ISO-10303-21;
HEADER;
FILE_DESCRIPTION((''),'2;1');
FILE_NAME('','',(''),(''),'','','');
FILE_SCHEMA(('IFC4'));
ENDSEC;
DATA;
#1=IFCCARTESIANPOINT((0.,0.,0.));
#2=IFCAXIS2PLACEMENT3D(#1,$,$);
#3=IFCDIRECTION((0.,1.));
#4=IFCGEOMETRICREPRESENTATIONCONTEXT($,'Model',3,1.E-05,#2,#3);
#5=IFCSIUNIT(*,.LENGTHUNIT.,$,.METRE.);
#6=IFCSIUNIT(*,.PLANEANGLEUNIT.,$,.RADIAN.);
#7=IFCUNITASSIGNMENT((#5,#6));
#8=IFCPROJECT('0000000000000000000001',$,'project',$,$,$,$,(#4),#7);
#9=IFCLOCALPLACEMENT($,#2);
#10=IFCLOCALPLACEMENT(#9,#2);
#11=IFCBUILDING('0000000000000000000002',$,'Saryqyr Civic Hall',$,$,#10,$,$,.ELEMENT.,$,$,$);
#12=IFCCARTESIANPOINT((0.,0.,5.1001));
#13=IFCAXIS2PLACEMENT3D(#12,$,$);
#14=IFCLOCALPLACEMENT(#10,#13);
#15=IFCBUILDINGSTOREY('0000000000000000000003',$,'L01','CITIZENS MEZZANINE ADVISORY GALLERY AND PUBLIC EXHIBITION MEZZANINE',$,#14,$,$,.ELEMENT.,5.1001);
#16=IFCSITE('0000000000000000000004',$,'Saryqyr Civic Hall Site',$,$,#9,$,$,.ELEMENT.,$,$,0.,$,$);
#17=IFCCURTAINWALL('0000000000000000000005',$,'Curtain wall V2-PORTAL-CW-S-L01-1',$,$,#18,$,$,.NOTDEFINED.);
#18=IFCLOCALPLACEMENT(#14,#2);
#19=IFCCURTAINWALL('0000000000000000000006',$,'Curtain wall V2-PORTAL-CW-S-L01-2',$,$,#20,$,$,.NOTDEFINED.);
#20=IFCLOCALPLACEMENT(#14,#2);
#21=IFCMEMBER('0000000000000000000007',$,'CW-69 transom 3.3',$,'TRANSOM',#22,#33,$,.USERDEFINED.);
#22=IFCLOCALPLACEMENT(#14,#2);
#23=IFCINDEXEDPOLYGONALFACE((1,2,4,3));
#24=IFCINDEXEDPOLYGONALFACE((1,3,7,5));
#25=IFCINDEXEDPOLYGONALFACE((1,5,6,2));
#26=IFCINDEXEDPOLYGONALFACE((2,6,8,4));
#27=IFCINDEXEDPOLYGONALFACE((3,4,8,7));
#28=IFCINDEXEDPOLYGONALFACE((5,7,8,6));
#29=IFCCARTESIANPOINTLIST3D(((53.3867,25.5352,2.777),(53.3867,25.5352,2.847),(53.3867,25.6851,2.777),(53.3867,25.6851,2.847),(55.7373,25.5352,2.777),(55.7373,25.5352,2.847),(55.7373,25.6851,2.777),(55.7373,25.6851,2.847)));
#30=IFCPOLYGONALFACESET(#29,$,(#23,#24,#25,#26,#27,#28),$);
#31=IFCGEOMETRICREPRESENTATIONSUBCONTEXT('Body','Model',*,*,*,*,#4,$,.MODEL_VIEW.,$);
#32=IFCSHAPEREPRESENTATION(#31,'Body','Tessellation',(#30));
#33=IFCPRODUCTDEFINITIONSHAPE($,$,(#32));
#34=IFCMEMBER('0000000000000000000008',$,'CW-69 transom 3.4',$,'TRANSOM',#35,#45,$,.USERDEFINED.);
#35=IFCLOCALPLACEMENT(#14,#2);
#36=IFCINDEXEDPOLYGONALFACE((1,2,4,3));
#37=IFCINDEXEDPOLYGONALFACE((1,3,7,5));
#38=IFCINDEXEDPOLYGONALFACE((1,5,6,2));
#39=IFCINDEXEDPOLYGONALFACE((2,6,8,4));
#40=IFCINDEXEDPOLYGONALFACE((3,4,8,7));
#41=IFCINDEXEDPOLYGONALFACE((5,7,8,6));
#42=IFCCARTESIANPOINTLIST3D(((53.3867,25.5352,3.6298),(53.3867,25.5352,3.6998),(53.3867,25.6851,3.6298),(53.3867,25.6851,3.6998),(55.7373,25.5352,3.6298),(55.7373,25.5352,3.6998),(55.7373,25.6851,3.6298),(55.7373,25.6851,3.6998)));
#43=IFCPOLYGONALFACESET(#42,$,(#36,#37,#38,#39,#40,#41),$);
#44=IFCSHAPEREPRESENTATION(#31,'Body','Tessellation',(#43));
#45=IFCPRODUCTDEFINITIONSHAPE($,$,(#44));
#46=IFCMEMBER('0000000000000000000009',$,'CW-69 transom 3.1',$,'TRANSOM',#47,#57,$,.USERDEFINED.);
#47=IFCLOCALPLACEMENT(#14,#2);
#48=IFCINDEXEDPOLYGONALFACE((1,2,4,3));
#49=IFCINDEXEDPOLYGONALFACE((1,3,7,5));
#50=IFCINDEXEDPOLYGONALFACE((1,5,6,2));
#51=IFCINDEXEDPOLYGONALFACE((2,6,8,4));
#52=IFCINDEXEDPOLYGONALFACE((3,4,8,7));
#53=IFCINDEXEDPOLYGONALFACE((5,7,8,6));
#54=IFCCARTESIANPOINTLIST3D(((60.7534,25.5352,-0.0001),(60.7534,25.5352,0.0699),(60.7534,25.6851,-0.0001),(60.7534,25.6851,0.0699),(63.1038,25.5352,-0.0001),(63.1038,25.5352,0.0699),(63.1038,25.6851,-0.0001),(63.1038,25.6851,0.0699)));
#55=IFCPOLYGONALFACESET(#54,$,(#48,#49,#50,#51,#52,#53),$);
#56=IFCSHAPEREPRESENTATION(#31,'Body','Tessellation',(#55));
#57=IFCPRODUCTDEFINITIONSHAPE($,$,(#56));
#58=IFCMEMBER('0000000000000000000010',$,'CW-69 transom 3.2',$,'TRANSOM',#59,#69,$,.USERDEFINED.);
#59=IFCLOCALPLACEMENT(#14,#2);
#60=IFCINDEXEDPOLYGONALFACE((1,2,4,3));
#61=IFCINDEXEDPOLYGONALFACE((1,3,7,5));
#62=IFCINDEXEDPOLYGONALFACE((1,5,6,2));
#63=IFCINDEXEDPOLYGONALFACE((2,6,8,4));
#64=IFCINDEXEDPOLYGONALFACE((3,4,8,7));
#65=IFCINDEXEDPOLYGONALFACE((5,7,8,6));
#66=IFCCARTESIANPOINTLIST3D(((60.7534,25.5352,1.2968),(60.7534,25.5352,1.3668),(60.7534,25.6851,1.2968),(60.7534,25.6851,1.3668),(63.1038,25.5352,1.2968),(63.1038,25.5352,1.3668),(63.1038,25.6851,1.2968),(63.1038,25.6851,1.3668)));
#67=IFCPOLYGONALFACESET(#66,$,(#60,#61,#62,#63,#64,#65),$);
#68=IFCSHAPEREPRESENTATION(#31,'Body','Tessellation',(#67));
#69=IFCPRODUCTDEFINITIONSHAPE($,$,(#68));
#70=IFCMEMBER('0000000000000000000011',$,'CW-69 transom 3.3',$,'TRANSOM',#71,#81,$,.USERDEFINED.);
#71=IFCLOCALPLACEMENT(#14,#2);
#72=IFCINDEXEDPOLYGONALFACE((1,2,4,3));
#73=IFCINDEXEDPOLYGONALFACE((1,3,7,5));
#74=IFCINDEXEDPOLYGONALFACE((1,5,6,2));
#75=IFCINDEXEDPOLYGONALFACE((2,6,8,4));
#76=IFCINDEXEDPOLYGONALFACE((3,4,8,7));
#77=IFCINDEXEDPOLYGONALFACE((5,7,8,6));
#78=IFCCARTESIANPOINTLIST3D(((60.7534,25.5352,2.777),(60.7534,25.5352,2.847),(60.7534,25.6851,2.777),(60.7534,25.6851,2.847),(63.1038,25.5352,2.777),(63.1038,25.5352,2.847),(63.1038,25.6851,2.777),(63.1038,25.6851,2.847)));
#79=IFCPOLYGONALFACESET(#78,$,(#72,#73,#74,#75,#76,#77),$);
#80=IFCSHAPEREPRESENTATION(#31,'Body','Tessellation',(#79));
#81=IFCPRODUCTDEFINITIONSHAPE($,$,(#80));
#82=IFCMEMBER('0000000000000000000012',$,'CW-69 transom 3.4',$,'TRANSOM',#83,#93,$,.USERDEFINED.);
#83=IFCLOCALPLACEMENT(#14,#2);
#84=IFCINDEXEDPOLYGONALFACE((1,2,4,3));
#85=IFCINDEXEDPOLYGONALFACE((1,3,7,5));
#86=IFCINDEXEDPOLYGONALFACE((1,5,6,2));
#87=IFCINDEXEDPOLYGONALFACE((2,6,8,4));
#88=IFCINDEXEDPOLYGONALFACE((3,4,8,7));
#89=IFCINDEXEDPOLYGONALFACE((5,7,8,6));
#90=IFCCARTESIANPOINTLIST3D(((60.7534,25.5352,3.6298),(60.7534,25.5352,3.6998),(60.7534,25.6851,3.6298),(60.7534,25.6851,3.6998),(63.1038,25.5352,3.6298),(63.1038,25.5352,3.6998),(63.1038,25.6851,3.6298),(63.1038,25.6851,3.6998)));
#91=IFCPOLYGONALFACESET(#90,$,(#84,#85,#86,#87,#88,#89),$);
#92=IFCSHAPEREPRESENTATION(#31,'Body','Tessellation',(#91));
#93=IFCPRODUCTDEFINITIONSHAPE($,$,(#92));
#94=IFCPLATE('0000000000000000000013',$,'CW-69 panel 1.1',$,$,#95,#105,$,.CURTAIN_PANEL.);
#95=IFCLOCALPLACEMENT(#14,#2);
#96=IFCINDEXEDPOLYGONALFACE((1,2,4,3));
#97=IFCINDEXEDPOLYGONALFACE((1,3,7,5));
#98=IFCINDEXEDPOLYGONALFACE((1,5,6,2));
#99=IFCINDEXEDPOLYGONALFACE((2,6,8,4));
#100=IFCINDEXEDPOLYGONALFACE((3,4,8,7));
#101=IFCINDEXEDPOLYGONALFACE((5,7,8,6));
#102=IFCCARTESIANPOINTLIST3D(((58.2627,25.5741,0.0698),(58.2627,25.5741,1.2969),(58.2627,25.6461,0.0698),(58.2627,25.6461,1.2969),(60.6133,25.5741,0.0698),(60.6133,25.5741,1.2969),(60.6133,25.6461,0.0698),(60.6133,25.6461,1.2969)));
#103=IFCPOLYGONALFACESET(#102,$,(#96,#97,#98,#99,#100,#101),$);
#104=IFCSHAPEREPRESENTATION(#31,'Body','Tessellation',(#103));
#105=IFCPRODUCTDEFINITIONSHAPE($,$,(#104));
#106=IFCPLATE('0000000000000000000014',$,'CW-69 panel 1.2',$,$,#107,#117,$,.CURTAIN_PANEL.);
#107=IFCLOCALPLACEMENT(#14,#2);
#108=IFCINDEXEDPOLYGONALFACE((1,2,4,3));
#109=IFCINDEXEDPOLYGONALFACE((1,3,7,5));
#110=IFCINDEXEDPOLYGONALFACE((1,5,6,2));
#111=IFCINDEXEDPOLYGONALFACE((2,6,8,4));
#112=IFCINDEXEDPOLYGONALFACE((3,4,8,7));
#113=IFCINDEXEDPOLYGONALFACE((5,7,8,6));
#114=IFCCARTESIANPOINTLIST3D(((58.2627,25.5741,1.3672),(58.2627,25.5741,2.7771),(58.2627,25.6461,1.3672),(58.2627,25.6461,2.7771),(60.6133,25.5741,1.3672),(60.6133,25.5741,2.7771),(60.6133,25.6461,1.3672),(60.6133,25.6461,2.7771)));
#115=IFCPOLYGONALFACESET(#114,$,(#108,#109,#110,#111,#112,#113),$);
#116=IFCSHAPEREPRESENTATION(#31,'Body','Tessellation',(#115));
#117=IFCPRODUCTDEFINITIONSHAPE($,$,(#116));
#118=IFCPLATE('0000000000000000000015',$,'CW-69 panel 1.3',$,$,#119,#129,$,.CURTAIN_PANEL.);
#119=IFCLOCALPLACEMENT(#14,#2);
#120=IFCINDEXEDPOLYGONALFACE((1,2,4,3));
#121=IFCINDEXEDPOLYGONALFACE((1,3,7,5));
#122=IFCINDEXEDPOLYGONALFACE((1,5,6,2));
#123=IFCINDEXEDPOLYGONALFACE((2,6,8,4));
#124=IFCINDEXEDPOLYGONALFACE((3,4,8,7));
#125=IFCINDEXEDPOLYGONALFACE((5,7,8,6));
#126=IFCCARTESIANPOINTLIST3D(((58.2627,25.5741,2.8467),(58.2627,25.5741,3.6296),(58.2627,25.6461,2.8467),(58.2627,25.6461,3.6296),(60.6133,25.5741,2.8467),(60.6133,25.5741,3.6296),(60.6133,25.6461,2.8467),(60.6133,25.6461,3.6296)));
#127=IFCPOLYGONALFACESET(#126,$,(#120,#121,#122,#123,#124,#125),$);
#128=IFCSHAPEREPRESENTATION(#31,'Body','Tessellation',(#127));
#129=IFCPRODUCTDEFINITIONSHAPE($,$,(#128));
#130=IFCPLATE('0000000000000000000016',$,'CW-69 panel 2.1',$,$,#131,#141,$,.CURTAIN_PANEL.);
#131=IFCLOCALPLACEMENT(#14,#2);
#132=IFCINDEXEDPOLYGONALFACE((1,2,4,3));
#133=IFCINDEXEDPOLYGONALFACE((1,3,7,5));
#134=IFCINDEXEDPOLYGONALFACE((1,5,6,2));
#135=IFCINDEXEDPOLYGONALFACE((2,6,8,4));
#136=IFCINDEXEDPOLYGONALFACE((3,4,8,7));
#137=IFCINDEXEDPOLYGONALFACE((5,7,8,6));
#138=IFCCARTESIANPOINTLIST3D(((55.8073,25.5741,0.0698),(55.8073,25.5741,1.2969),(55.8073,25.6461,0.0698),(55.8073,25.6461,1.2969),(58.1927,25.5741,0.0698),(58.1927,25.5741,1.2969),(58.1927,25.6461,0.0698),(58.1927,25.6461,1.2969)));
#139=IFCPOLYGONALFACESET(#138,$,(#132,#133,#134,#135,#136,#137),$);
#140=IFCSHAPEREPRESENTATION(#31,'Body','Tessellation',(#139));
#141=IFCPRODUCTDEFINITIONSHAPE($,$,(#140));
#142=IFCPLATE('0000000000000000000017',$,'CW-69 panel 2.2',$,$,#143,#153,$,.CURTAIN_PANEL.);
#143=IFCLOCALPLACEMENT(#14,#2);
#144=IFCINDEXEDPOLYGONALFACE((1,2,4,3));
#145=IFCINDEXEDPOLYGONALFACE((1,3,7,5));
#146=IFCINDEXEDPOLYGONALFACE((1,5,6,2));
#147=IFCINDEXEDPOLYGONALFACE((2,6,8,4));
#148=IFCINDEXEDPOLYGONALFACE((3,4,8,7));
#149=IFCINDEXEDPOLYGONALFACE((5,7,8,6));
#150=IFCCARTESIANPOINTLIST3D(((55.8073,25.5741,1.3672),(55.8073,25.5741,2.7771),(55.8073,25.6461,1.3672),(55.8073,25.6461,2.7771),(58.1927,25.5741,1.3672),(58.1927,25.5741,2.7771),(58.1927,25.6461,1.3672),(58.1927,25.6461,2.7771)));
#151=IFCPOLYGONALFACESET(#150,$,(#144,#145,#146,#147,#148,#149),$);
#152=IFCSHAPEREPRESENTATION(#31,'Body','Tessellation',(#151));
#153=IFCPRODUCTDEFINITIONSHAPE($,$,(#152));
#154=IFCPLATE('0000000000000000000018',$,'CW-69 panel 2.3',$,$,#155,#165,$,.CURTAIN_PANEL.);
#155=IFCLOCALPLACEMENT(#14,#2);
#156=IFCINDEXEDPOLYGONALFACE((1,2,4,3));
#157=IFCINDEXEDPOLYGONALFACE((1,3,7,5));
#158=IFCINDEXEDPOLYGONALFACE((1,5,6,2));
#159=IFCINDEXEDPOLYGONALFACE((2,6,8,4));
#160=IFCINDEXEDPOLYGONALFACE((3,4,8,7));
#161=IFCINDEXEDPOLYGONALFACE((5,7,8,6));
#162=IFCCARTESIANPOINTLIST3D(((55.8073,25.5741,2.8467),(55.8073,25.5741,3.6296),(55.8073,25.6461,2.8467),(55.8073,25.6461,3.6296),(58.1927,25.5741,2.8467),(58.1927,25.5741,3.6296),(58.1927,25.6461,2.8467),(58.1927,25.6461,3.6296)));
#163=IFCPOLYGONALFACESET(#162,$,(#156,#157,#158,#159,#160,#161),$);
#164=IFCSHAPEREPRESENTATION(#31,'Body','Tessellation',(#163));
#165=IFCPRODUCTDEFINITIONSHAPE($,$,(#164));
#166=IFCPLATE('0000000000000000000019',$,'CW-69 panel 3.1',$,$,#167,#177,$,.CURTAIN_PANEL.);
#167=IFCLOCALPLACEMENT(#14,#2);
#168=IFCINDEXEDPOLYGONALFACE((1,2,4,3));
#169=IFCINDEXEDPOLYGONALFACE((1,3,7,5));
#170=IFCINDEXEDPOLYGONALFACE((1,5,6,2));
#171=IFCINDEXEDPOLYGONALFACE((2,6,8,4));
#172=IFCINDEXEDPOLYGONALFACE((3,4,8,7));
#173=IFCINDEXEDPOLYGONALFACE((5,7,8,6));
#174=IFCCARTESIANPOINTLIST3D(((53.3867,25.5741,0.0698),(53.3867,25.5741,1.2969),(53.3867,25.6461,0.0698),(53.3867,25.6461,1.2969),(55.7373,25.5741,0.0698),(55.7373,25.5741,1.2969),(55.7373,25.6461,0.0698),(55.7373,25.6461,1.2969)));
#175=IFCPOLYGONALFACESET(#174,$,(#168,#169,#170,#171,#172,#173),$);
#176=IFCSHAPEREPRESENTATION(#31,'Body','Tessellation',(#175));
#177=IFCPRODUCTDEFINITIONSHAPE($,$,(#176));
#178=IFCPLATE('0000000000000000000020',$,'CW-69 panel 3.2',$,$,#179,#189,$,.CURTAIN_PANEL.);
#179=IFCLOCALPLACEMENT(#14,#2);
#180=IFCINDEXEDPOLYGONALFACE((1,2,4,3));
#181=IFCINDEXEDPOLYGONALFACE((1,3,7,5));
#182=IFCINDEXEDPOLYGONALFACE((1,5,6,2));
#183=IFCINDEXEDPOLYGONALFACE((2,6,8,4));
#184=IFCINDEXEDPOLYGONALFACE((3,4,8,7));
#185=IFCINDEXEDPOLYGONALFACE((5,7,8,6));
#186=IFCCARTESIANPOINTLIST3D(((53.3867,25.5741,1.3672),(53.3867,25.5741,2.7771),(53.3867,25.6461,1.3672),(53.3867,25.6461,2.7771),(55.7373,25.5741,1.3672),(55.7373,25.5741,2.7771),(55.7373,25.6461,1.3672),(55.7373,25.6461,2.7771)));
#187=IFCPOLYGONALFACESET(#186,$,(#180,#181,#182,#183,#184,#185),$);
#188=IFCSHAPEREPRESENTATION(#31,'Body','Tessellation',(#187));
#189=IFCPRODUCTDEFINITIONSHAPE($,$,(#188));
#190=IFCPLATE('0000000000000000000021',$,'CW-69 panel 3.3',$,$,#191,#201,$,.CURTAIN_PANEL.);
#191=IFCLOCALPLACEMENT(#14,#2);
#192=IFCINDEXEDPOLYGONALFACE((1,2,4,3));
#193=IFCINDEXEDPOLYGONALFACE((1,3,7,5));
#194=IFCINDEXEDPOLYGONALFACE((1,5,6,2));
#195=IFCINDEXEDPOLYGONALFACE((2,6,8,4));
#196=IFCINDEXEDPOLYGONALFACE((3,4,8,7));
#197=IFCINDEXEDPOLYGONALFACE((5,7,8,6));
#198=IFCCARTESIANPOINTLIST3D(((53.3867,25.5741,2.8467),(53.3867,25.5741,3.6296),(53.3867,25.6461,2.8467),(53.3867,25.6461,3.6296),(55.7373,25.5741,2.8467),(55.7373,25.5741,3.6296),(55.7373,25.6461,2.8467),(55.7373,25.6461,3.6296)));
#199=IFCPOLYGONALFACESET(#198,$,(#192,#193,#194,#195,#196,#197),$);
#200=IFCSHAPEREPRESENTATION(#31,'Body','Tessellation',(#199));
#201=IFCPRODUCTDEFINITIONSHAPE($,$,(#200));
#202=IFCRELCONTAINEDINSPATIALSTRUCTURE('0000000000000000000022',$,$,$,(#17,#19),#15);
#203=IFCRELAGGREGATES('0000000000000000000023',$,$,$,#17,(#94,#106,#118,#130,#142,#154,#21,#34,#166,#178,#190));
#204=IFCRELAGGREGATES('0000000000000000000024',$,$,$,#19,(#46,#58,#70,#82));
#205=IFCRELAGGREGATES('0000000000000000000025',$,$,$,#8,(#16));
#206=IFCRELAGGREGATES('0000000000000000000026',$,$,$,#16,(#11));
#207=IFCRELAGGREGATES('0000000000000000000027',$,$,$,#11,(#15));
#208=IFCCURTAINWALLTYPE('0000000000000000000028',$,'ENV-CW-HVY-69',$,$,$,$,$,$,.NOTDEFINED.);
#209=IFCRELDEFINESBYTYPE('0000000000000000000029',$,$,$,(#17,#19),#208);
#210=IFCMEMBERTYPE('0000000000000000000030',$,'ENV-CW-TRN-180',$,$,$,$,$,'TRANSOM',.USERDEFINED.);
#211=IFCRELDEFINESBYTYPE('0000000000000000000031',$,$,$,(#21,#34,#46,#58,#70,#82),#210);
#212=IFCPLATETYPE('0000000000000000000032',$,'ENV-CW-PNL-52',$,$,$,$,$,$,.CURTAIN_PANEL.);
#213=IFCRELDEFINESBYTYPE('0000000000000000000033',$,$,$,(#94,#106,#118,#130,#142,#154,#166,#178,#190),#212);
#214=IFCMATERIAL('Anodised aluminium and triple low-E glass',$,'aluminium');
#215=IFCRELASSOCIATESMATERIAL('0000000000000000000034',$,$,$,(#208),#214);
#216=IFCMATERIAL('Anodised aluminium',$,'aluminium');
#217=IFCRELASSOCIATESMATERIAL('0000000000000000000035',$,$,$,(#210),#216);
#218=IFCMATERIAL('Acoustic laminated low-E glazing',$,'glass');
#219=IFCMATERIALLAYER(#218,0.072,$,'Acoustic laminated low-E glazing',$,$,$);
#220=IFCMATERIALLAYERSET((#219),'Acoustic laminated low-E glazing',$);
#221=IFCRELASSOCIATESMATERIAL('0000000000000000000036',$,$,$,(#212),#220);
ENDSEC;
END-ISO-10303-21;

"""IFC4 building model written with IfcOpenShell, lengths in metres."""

from ifc_helpers import new_model, si_unit, direction, frame, origin, origin_2d, place, context, subcontext, project, spatial, rectangle, extrude, material, layer, layer_set, material_profile, profile_set, type_object, element, aggregate, save


model = new_model("IFC4")

# Units and contexts
model_context = context("Model", 3, precision=1e-05, world=origin(), true_north=direction((0.0, 1.0)))
body_context = subcontext(model_context, "Body", "Model", "MODEL_VIEW")
ifc_project = project(units=[si_unit("LENGTHUNIT", "METRE"), si_unit("PLANEANGLEUNIT", "RADIAN")], contexts=[model_context])

# Site, building, storey
site_placement = place(None, origin())
site = spatial("IfcSite", under=ifc_project, at=site_placement, Name="Saryqyr Civic Hall Site", CompositionType="ELEMENT", RefElevation=0.0)
building_placement = place(site_placement, origin())
building = spatial("IfcBuilding", under=site, at=building_placement, Name="Saryqyr Civic Hall", CompositionType="ELEMENT")
storey_placement = place(building_placement, frame((0.0, 0.0, 5.1001)))
storey = spatial("IfcBuildingStorey", under=building, at=storey_placement, Name="L01", Description="CITIZENS MEZZANINE ADVISORY GALLERY AND PUBLIC EXHIBITION MEZZANINE", CompositionType="ELEMENT", Elevation=5.1001)

# Curtain walls
ifc_material_1 = material(Name="Anodised aluminium and triple low-E glass", Category="aluminium")
curtain_wall_type = type_object("IfcCurtainWallType", Name="ENV-CW-HVY-69", PredefinedType="NOTDEFINED", material=ifc_material_1)
curtain_wall_1_placement = place(storey_placement, origin())
curtain_wall_1 = element("IfcCurtainWall", 1, at=curtain_wall_1_placement, inside=storey, type_object=curtain_wall_type, Name="Curtain wall V2-PORTAL-CW-S-L01-1", PredefinedType="NOTDEFINED")
ifc_material_2 = material(Name="Anodised aluminium", Category="aluminium")
curtain_wall_2_placement = place(storey_placement, origin())
curtain_wall_2 = element("IfcCurtainWall", 2, at=curtain_wall_2_placement, inside=storey, type_object=curtain_wall_type, Name="Curtain wall V2-PORTAL-CW-S-L01-2", PredefinedType="NOTDEFINED")

# Members
ifc_material_profile_1 = material_profile(ifc_material_2, rectangle(XDim=0.1499, YDim=0.0701, at=origin_2d()), Name="ALU TRANSOM 150x70")
ifc_profile_set_1 = profile_set([ifc_material_profile_1], Name="Anodised aluminium")
member_type_1 = type_object("IfcMemberType", Name="ENV-CW-TRN-180", ElementType="TRANSOM", PredefinedType="USERDEFINED", material=ifc_profile_set_1)
member_1_placement = place(storey_placement, frame((55.7373, 25.6101, 2.812), z_axis=(-1.0, 0.0, 0.0), x_axis=(0.0, -1.0, 0.0)))
member_1 = element("IfcMember", 3, at=member_1_placement, type_object=member_type_1, Name="CW-69 transom 3.3", ObjectType="TRANSOM", PredefinedType="USERDEFINED", context=body_context, shape_type="SweptSolid", body=[
    extrude(rectangle(XDim=0.1499, YDim=0.0701, at=origin_2d()), origin(), (0.0, 0.0, 1.0), 2.3506),
])
member_2_placement = place(storey_placement, frame((55.7373, 25.6101, 3.6648), z_axis=(-1.0, 0.0, 0.0), x_axis=(0.0, -1.0, 0.0)))
member_2 = element("IfcMember", 4, at=member_2_placement, type_object=member_type_1, Name="CW-69 transom 3.4", ObjectType="TRANSOM", PredefinedType="USERDEFINED", context=body_context, shape_type="SweptSolid", body=[
    extrude(rectangle(XDim=0.1499, YDim=0.0701, at=origin_2d()), origin(), (0.0, 0.0, 1.0), 2.3506),
])
member_3_placement = place(storey_placement, frame((63.1038, 25.6101, 0.0349), z_axis=(-1.0, 0.0, 0.0), x_axis=(0.0, -1.0, 0.0)))
member_3 = element("IfcMember", 5, at=member_3_placement, type_object=member_type_1, Name="CW-69 transom 3.1", ObjectType="TRANSOM", PredefinedType="USERDEFINED", context=body_context, shape_type="SweptSolid", body=[
    extrude(rectangle(XDim=0.1499, YDim=0.0701, at=origin_2d()), origin(), (0.0, 0.0, 1.0), 2.3503),
])
member_4_placement = place(storey_placement, frame((63.1038, 25.6101, 1.3318), z_axis=(-1.0, 0.0, 0.0), x_axis=(0.0, -1.0, 0.0)))
member_4 = element("IfcMember", 6, at=member_4_placement, type_object=member_type_1, Name="CW-69 transom 3.2", ObjectType="TRANSOM", PredefinedType="USERDEFINED", context=body_context, shape_type="SweptSolid", body=[
    extrude(rectangle(XDim=0.1499, YDim=0.0701, at=origin_2d()), origin(), (0.0, 0.0, 1.0), 2.3503),
])
member_5_placement = place(storey_placement, frame((63.1038, 25.6101, 2.812), z_axis=(-1.0, 0.0, 0.0), x_axis=(0.0, -1.0, 0.0)))
member_5 = element("IfcMember", 7, at=member_5_placement, type_object=member_type_1, Name="CW-69 transom 3.3", ObjectType="TRANSOM", PredefinedType="USERDEFINED", context=body_context, shape_type="SweptSolid", body=[
    extrude(rectangle(XDim=0.1499, YDim=0.0701, at=origin_2d()), origin(), (0.0, 0.0, 1.0), 2.3503),
])
member_6_placement = place(storey_placement, frame((63.1038, 25.6101, 3.6648), z_axis=(-1.0, 0.0, 0.0), x_axis=(0.0, -1.0, 0.0)))
member_6 = element("IfcMember", 8, at=member_6_placement, type_object=member_type_1, Name="CW-69 transom 3.4", ObjectType="TRANSOM", PredefinedType="USERDEFINED", context=body_context, shape_type="SweptSolid", body=[
    extrude(rectangle(XDim=0.1499, YDim=0.0701, at=origin_2d()), origin(), (0.0, 0.0, 1.0), 2.3503),
])

# Plates
ifc_material_3 = material(Name="Acoustic laminated low-E glazing", Category="glass")
ifc_layer = layer(ifc_material_3, 0.072, Name="Acoustic laminated low-E glazing")
ifc_layer_set = layer_set([ifc_layer], Name="Acoustic laminated low-E glazing")
plate_type = type_object("IfcPlateType", Name="ENV-CW-PNL-52", PredefinedType="CURTAIN_PANEL", material=ifc_layer_set)
plate_1_placement = place(storey_placement, frame((59.438, 25.6101, 0.0698), z_axis=(0.0, 0.0, 1.0), x_axis=(-1.0, 0.0, 0.0)))
plate_1 = element("IfcPlate", 9, at=plate_1_placement, type_object=plate_type, Name="CW-69 panel 1.1", PredefinedType="CURTAIN_PANEL", context=body_context, shape_type="SweptSolid", body=[
    extrude(rectangle(XDim=2.3506, YDim=0.072, at=origin_2d()), origin(), (0.0, 0.0, 1.0), 1.2271),
])
plate_2_placement = place(storey_placement, frame((59.438, 25.6101, 1.3672), z_axis=(0.0, 0.0, 1.0), x_axis=(-1.0, 0.0, 0.0)))
plate_2 = element("IfcPlate", 10, at=plate_2_placement, type_object=plate_type, Name="CW-69 panel 1.2", PredefinedType="CURTAIN_PANEL", context=body_context, shape_type="SweptSolid", body=[
    extrude(rectangle(XDim=2.3506, YDim=0.072, at=origin_2d()), origin(), (0.0, 0.0, 1.0), 1.4099),
])
plate_3_placement = place(storey_placement, frame((59.438, 25.6101, 2.8467), z_axis=(0.0, 0.0, 1.0), x_axis=(-1.0, 0.0, 0.0)))
plate_3 = element("IfcPlate", 11, at=plate_3_placement, type_object=plate_type, Name="CW-69 panel 1.3", PredefinedType="CURTAIN_PANEL", context=body_context, shape_type="SweptSolid", body=[
    extrude(rectangle(XDim=2.3506, YDim=0.072, at=origin_2d()), origin(), (0.0, 0.0, 1.0), 0.783),
])
plate_4_placement = place(storey_placement, frame((57.0, 25.6101, 0.0698), z_axis=(0.0, 0.0, 1.0), x_axis=(-1.0, 0.0, 0.0)))
plate_4 = element("IfcPlate", 12, at=plate_4_placement, type_object=plate_type, Name="CW-69 panel 2.1", PredefinedType="CURTAIN_PANEL", context=body_context, shape_type="SweptSolid", body=[
    extrude(rectangle(XDim=2.3855, YDim=0.072, at=origin_2d()), origin(), (0.0, 0.0, 1.0), 1.2271),
])
plate_5_placement = place(storey_placement, frame((57.0, 25.6101, 1.3672), z_axis=(0.0, 0.0, 1.0), x_axis=(-1.0, 0.0, 0.0)))
plate_5 = element("IfcPlate", 13, at=plate_5_placement, type_object=plate_type, Name="CW-69 panel 2.2", PredefinedType="CURTAIN_PANEL", context=body_context, shape_type="SweptSolid", body=[
    extrude(rectangle(XDim=2.3855, YDim=0.072, at=origin_2d()), origin(), (0.0, 0.0, 1.0), 1.4099),
])
plate_6_placement = place(storey_placement, frame((57.0, 25.6101, 2.8467), z_axis=(0.0, 0.0, 1.0), x_axis=(-1.0, 0.0, 0.0)))
plate_6 = element("IfcPlate", 14, at=plate_6_placement, type_object=plate_type, Name="CW-69 panel 2.3", PredefinedType="CURTAIN_PANEL", context=body_context, shape_type="SweptSolid", body=[
    extrude(rectangle(XDim=2.3855, YDim=0.072, at=origin_2d()), origin(), (0.0, 0.0, 1.0), 0.783),
])
plate_7_placement = place(storey_placement, frame((54.562, 25.6101, 0.0698), z_axis=(0.0, 0.0, 1.0), x_axis=(-1.0, 0.0, 0.0)))
plate_7 = element("IfcPlate", 15, at=plate_7_placement, type_object=plate_type, Name="CW-69 panel 3.1", PredefinedType="CURTAIN_PANEL", context=body_context, shape_type="SweptSolid", body=[
    extrude(rectangle(XDim=2.3506, YDim=0.072, at=origin_2d()), origin(), (0.0, 0.0, 1.0), 1.2271),
])
plate_8_placement = place(storey_placement, frame((54.562, 25.6101, 1.3672), z_axis=(0.0, 0.0, 1.0), x_axis=(-1.0, 0.0, 0.0)))
plate_8 = element("IfcPlate", 16, at=plate_8_placement, type_object=plate_type, Name="CW-69 panel 3.2", PredefinedType="CURTAIN_PANEL", context=body_context, shape_type="SweptSolid", body=[
    extrude(rectangle(XDim=2.3506, YDim=0.072, at=origin_2d()), origin(), (0.0, 0.0, 1.0), 1.4099),
])
plate_9_placement = place(storey_placement, frame((54.562, 25.6101, 2.8467), z_axis=(0.0, 0.0, 1.0), x_axis=(-1.0, 0.0, 0.0)))
plate_9 = element("IfcPlate", 17, at=plate_9_placement, type_object=plate_type, Name="CW-69 panel 3.3", PredefinedType="CURTAIN_PANEL", context=body_context, shape_type="SweptSolid", body=[
    extrude(rectangle(XDim=2.3506, YDim=0.072, at=origin_2d()), origin(), (0.0, 0.0, 1.0), 0.783),
])
aggregate(curtain_wall_1, [plate_1, plate_2, plate_3, plate_4, plate_5, plate_6, member_1, member_2, plate_7, plate_8, plate_9])
aggregate(curtain_wall_2, [member_3, member_4, member_5, member_6])

save(model, "model.ifc")
